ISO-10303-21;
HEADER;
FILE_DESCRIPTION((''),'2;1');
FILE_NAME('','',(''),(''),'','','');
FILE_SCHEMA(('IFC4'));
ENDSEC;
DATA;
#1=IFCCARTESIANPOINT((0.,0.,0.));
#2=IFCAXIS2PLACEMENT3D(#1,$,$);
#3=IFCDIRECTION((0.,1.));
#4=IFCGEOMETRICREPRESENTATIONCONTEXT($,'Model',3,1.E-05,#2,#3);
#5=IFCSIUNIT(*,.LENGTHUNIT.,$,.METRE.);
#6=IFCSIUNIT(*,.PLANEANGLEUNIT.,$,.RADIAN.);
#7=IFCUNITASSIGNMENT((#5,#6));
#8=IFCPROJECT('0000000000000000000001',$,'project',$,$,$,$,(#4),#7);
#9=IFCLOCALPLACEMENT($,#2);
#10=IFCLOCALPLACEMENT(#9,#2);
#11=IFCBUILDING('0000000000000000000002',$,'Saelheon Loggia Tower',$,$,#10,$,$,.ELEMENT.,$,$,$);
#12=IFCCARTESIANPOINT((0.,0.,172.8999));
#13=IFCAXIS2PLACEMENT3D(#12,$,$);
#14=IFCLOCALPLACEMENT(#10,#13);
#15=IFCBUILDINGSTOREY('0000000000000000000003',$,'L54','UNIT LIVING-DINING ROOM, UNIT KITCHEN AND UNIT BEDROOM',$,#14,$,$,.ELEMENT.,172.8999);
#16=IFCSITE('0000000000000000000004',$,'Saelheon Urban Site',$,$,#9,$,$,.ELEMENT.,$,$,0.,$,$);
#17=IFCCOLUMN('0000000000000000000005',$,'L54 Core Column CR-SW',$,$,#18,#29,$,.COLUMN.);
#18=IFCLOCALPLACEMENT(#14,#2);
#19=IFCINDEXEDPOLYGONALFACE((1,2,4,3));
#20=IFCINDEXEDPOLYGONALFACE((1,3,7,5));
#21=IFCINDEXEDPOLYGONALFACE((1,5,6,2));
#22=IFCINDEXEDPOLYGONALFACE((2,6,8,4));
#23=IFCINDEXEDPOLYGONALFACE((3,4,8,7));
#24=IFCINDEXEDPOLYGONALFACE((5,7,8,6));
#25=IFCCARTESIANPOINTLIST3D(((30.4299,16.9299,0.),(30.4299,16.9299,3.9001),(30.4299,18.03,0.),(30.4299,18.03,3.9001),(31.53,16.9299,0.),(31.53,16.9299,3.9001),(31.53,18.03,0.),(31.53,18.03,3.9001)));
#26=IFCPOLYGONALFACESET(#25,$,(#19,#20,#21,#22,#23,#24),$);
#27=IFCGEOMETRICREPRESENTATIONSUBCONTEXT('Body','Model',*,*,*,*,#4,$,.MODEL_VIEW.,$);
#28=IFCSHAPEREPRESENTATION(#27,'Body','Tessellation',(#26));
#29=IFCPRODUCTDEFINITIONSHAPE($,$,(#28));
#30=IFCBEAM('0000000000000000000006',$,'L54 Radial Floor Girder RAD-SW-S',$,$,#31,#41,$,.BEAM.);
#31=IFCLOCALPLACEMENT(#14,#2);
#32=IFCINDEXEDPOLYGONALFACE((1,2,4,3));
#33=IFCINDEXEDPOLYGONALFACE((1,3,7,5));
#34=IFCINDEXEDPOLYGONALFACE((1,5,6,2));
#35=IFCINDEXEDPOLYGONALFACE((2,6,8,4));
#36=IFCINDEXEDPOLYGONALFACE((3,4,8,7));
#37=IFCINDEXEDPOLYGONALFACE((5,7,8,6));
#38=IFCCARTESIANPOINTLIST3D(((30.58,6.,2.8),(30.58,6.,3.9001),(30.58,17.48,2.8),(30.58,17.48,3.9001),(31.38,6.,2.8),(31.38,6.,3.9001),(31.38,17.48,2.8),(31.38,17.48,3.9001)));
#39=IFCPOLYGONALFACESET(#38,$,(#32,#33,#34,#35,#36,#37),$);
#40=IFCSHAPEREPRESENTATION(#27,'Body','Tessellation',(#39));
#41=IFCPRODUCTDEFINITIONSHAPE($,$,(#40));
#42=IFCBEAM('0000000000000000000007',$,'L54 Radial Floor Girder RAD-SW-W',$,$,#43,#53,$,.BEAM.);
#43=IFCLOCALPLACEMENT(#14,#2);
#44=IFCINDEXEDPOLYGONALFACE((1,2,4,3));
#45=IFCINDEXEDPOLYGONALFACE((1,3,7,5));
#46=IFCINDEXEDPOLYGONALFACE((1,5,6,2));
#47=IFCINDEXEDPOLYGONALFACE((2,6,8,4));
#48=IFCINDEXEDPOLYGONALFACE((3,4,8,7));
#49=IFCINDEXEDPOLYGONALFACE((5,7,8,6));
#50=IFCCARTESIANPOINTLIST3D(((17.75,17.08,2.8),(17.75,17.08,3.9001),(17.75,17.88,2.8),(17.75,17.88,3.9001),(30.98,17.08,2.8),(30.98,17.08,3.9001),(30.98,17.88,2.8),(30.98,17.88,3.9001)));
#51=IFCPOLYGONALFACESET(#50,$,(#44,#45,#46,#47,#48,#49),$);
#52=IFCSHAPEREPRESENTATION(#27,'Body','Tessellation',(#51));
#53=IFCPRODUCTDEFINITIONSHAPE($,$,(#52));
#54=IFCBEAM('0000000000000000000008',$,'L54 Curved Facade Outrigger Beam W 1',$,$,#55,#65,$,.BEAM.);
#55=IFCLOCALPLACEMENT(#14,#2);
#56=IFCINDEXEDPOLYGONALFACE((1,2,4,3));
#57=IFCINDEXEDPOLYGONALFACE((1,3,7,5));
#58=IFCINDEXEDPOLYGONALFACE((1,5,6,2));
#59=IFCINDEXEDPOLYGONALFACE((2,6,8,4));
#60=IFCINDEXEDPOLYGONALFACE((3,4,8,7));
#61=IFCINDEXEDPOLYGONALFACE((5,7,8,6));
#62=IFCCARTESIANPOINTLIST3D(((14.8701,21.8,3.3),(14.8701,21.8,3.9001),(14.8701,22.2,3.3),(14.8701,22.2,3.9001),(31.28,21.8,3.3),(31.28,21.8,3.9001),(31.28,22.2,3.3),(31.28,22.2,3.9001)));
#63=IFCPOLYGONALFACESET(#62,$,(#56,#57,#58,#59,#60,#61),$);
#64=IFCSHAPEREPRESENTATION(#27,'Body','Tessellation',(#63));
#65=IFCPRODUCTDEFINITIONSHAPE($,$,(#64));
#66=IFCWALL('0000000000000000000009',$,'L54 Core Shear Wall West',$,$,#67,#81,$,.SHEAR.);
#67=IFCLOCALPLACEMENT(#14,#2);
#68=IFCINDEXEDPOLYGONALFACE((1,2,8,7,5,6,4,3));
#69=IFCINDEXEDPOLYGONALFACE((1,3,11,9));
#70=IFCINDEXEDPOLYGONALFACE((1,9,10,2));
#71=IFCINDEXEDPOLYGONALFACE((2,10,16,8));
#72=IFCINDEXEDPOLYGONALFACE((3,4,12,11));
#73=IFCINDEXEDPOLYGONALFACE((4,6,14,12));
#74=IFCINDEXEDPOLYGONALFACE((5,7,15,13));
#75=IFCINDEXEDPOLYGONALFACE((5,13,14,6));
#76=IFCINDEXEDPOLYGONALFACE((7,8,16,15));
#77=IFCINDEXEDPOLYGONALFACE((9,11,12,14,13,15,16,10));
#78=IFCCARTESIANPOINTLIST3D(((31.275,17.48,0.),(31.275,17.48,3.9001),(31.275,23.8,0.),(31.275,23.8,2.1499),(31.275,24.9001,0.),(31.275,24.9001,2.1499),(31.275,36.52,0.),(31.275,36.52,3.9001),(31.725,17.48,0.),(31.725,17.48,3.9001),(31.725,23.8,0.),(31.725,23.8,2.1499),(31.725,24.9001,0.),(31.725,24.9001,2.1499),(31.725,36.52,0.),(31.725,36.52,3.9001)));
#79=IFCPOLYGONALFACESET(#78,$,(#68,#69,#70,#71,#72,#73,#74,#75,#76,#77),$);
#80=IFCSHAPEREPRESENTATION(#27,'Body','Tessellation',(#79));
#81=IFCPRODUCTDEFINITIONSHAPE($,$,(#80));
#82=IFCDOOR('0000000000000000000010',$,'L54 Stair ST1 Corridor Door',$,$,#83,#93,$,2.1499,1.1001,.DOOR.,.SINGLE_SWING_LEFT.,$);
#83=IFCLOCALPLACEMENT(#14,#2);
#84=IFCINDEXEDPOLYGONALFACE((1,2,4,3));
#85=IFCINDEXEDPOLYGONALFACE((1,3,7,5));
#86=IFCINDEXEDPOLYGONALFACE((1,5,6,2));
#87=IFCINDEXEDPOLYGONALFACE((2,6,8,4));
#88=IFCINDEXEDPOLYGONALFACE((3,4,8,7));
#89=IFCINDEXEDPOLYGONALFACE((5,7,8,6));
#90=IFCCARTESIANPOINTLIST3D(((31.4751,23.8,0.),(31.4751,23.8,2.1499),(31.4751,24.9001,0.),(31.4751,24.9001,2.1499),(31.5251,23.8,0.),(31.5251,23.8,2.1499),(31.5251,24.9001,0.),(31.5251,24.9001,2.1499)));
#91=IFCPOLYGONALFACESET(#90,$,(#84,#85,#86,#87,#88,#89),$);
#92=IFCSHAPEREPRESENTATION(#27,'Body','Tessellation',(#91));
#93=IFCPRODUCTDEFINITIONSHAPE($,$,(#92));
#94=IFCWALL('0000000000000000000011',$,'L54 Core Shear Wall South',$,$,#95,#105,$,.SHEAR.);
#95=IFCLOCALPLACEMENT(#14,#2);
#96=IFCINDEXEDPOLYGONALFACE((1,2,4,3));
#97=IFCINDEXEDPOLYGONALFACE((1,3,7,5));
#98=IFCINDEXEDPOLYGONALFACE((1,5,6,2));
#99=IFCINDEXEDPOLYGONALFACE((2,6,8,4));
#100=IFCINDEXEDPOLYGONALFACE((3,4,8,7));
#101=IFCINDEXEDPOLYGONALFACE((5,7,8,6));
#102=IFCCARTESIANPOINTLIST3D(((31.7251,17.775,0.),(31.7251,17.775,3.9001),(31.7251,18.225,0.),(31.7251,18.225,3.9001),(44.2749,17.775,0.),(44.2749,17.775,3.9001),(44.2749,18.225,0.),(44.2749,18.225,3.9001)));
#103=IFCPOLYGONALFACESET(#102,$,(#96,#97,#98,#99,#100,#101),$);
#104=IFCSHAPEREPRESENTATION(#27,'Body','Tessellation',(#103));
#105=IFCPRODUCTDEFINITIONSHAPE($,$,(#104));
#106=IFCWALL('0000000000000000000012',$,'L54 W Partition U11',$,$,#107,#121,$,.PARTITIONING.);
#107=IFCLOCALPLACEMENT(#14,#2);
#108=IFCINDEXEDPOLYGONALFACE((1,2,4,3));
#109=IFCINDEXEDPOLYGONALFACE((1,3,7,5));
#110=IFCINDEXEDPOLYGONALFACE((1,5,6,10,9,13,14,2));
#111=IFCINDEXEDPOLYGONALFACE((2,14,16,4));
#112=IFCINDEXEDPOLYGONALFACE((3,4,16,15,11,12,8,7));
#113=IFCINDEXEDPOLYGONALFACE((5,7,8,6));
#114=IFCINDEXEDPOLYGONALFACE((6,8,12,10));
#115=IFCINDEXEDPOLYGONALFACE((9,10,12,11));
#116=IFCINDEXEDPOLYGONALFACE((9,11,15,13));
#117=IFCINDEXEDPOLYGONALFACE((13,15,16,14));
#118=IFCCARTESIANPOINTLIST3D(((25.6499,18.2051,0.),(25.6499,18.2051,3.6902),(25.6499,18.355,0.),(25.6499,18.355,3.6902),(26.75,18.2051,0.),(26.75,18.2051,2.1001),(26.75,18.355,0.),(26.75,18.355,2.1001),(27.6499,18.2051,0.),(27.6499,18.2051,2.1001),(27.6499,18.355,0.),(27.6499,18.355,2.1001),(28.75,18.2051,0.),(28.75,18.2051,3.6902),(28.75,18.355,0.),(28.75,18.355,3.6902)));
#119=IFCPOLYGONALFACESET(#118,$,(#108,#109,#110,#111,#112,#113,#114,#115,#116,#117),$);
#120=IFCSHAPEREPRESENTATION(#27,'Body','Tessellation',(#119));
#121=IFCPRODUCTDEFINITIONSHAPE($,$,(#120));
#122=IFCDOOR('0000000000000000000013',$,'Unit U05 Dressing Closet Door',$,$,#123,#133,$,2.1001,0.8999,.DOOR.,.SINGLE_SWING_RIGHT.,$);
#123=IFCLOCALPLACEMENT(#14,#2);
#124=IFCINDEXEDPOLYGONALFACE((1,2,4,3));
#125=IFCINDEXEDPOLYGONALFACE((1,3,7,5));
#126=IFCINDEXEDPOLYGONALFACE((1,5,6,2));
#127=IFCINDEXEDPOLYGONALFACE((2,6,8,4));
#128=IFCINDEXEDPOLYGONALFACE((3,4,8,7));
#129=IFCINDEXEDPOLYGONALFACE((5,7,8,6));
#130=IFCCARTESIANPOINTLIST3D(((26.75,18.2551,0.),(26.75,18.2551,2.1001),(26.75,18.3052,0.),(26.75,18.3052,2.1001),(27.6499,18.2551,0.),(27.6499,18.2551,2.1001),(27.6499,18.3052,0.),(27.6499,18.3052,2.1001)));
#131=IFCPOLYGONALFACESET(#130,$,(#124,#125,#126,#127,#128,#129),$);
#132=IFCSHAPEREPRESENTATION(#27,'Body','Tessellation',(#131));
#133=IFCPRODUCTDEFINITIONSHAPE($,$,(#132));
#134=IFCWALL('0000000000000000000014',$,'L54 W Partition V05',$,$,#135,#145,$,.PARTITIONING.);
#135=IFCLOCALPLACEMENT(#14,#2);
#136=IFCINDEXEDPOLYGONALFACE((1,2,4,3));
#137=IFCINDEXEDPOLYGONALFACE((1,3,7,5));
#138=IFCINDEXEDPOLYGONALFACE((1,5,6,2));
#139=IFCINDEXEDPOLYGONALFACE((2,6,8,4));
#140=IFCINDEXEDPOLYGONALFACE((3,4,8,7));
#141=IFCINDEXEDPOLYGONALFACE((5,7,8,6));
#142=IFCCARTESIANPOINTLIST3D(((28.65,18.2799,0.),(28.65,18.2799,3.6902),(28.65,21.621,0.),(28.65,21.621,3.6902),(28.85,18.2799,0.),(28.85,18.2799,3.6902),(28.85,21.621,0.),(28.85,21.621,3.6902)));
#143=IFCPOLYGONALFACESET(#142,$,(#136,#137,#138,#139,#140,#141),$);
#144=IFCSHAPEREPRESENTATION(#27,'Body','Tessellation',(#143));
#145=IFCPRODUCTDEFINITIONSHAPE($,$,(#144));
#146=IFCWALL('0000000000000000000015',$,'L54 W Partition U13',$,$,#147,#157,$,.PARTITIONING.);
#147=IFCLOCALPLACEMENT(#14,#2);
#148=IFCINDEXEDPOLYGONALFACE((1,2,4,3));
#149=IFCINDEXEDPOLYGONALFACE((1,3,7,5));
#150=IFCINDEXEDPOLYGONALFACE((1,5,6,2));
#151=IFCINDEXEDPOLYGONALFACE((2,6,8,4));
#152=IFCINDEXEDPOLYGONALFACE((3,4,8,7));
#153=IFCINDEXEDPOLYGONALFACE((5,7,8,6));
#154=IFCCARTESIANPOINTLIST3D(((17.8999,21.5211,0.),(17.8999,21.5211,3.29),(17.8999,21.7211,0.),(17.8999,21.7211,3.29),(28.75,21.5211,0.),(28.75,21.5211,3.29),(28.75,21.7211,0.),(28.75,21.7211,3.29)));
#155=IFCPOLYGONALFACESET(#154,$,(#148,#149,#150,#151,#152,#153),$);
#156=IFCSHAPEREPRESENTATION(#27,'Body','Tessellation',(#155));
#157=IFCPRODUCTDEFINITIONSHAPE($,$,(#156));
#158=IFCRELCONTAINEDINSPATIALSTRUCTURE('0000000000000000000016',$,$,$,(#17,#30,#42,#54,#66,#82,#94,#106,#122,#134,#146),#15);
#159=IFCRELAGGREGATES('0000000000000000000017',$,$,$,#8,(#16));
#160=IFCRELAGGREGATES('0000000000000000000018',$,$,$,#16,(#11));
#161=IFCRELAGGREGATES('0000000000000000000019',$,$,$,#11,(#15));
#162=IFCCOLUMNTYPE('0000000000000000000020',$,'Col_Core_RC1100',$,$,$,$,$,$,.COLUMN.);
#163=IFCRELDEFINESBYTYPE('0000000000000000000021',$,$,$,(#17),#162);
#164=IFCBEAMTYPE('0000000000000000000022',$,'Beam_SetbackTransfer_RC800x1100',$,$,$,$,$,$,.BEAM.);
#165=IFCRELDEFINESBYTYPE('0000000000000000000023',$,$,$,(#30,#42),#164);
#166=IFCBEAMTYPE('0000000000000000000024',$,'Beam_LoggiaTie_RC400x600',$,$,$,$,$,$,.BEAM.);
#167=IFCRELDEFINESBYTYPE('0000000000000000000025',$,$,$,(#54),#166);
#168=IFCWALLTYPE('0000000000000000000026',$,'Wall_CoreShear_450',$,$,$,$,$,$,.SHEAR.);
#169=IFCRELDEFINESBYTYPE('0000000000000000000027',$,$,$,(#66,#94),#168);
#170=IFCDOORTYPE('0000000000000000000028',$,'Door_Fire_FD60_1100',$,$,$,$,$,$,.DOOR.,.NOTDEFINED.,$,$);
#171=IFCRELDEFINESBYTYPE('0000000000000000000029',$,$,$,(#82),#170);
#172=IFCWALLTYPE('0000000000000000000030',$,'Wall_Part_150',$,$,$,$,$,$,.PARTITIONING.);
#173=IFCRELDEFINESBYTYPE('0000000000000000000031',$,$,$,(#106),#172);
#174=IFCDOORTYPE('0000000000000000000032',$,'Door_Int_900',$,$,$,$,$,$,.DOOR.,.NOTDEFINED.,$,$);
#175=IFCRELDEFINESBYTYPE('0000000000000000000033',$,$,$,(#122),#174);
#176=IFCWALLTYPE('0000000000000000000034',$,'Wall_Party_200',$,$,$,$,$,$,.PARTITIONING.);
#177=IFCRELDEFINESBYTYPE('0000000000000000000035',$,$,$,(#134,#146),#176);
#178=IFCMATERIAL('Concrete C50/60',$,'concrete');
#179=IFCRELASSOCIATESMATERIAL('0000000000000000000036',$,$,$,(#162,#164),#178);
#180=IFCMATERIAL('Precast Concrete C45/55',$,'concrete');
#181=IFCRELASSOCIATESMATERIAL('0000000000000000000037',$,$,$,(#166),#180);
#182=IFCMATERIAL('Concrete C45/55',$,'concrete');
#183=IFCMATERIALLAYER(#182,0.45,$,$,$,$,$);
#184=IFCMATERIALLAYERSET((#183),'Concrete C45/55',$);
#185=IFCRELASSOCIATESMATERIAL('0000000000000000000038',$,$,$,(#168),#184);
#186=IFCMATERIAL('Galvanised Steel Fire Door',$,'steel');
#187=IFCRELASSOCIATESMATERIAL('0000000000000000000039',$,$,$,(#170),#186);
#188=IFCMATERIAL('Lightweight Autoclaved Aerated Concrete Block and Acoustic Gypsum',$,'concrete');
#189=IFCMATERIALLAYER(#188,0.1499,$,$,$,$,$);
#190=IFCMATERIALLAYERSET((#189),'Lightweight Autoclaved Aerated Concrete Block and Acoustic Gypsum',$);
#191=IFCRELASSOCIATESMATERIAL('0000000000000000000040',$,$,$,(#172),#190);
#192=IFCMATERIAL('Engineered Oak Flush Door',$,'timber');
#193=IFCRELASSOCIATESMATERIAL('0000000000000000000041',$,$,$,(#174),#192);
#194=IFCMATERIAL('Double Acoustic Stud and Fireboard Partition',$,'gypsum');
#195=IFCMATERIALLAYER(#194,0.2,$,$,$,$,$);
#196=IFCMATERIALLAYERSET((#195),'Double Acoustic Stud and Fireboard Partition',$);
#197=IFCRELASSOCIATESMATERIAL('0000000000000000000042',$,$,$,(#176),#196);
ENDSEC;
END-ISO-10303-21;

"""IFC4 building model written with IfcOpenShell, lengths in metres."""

from ifc_helpers import new_model, si_unit, direction, frame, frame_2d, origin, origin_2d, place, context, subcontext, project, spatial, rectangle, extrude, source, transform, mapped, material, layer, layer_set, material_profile, profile_set, type_object, element, fill, save


model = new_model("IFC4")

# Units and contexts
model_context = context("Model", 3, precision=1e-05, world=origin(), true_north=direction((0.0, 1.0)))
body_context = subcontext(model_context, "Body", "Model", "MODEL_VIEW")
ifc_project = project(units=[si_unit("LENGTHUNIT", "METRE"), si_unit("PLANEANGLEUNIT", "RADIAN")], contexts=[model_context])

# Site, building, storey
site_placement = place(None, origin())
site = spatial("IfcSite", under=ifc_project, at=site_placement, Name="Saelheon Urban Site", CompositionType="ELEMENT", RefElevation=0.0)
building_placement = place(site_placement, origin())
building = spatial("IfcBuilding", under=site, at=building_placement, Name="Saelheon Loggia Tower", CompositionType="ELEMENT")
storey_placement = place(building_placement, frame((0.0, 0.0, 172.8999)))
storey = spatial("IfcBuildingStorey", under=building, at=storey_placement, Name="L54", Description="UNIT LIVING-DINING ROOM, UNIT KITCHEN AND UNIT BEDROOM", CompositionType="ELEMENT", Elevation=172.8999)

# Column
ifc_material_1 = material(Name="Concrete C50/60", Category="concrete")
ifc_material_profile_1 = material_profile(ifc_material_1, rectangle(XDim=1.1001, YDim=1.1001, at=origin_2d()), Name="RC-1100x1100")
ifc_profile_set_1 = profile_set([ifc_material_profile_1], Name="Concrete C50/60")
column_type = type_object("IfcColumnType", Name="Col_Core_RC1100", PredefinedType="COLUMN", material=ifc_profile_set_1)
shared_shape_1 = source(origin(), body_context, "Body", "SweptSolid", [
    extrude(rectangle(XDim=1.1001, YDim=1.1001, at=origin_2d()), origin(), (0.0, 0.0, 1.0), 3.9001),
])
column_placement = place(storey_placement, frame((30.98, 17.48, 0.0), z_axis=(0.0, 0.0, 1.0), x_axis=(1.0, 0.0, 0.0)))
element("IfcColumn", 1, at=column_placement, inside=storey, type_object=column_type, Name="L54 Core Column CR-SW", PredefinedType="COLUMN", context=body_context, shape_type="MappedRepresentation", body=[
    mapped(shared_shape_1, transform((0.0, 0.0, 0.0), scale=1.0)),
])

# Beams
ifc_material_profile_2 = material_profile(ifc_material_1, rectangle(XDim=0.8, YDim=1.1001, at=origin_2d()), Name="RC-800x1100")
ifc_profile_set_2 = profile_set([ifc_material_profile_2], Name="Concrete C50/60")
beam_type_1 = type_object("IfcBeamType", Name="Beam_SetbackTransfer_RC800x1100", PredefinedType="BEAM", material=ifc_profile_set_2)
shared_shape_2 = source(origin(), body_context, "Body", "SweptSolid", [
    extrude(rectangle(XDim=0.8, YDim=1.1001, at=origin_2d()), origin(), (0.0, 0.0, 1.0), 11.48),
])
beam_1_placement = place(storey_placement, frame((30.98, 17.48, 3.3501), z_axis=(0.0, -1.0, 0.0), x_axis=(1.0, 0.0, 0.0)))
element("IfcBeam", 2, at=beam_1_placement, inside=storey, type_object=beam_type_1, Name="L54 Radial Floor Girder RAD-SW-S", PredefinedType="BEAM", context=body_context, shape_type="MappedRepresentation", body=[
    mapped(shared_shape_2, transform((0.0, 0.0, 0.0), scale=1.0)),
])
shared_shape_3 = source(origin(), body_context, "Body", "SweptSolid", [
    extrude(rectangle(XDim=0.8, YDim=1.1001, at=origin_2d()), origin(), (0.0, 0.0, 1.0), 13.23),
])
beam_2_placement = place(storey_placement, frame((30.98, 17.48, 3.3501), z_axis=(-1.0, 0.0, 0.0), x_axis=(0.0, -1.0, 0.0)))
element("IfcBeam", 3, at=beam_2_placement, inside=storey, type_object=beam_type_1, Name="L54 Radial Floor Girder RAD-SW-W", PredefinedType="BEAM", context=body_context, shape_type="MappedRepresentation", body=[
    mapped(shared_shape_3, transform((0.0, 0.0, 0.0), scale=1.0)),
])
ifc_material_2 = material(Name="Precast Concrete C45/55", Category="concrete")
ifc_material_profile_3 = material_profile(ifc_material_2, rectangle(XDim=0.3999, YDim=0.6001, at=origin_2d()), Name="RC-400x600")
ifc_profile_set_3 = profile_set([ifc_material_profile_3], Name="Precast Concrete C45/55")
beam_type_2 = type_object("IfcBeamType", Name="Beam_LoggiaTie_RC400x600", PredefinedType="BEAM", material=ifc_profile_set_3)
shared_shape_4 = source(origin(), body_context, "Body", "SweptSolid", [
    extrude(rectangle(XDim=0.3999, YDim=0.6001, at=origin_2d()), origin(), (0.0, 0.0, 1.0), 16.4099),
])
beam_3_placement = place(storey_placement, frame((31.28, 22.0, 3.6001), z_axis=(-1.0, 0.0, 0.0), x_axis=(0.0, -1.0, 0.0)))
element("IfcBeam", 4, at=beam_3_placement, inside=storey, type_object=beam_type_2, Name="L54 Curved Facade Outrigger Beam W 1", PredefinedType="BEAM", context=body_context, shape_type="MappedRepresentation", body=[
    mapped(shared_shape_4, transform((0.0, 0.0, 0.0), scale=1.0)),
])

# Wall, opening, door
ifc_material_3 = material(Name="Concrete C45/55", Category="concrete")
ifc_layer_1 = layer(ifc_material_3, 0.45)
ifc_layer_set_1 = layer_set([ifc_layer_1], Name="Concrete C45/55")
wall_type_1 = type_object("IfcWallType", Name="Wall_CoreShear_450", PredefinedType="SHEAR", material=ifc_layer_set_1)
wall_1_placement = place(storey_placement, frame((31.5, 17.48, 0.0), z_axis=(0.0, 0.0, 1.0), x_axis=(0.0, 1.0, 0.0)))
wall_1 = element("IfcWall", 5, at=wall_1_placement, inside=storey, type_object=wall_type_1, Name="L54 Core Shear Wall West", PredefinedType="SHEAR", context=body_context, shape_type="SweptSolid", body=[
    extrude(rectangle(XDim=19.04, YDim=0.45, at=frame_2d((9.52, 0.0))), origin(), (0.0, 0.0, 1.0), 3.9001),
])
opening_1_placement = place(wall_1_placement, frame((6.3201, 0.0, 0.0)))
opening_1 = element("IfcOpeningElement", 6, at=opening_1_placement, cuts=wall_1, PredefinedType="OPENING", context=body_context, shape_type="SweptSolid", body=[
    extrude(rectangle(XDim=1.1001, YDim=2.1499, at=frame_2d((0.55, 1.075))), frame((0.0, 0.2371, 0.0), z_axis=(0.0, -1.0, 0.0), x_axis=(1.0, 0.0, 0.0)), (0.0, 0.0, 1.0), 0.4739),
])
ifc_material_4 = material(Name="Galvanised Steel Fire Door", Category="steel")
door_type_1 = type_object("IfcDoorType", Name="Door_Fire_FD60_1100", OperationType="NOTDEFINED", PredefinedType="DOOR", material=ifc_material_4)
shared_shape_5 = source(origin(), body_context, "Body", "SweptSolid", [
    extrude(rectangle(XDim=1.1001, YDim=2.1499, at=frame_2d((0.55, 1.075))), frame((0.0, 0.0249, 0.0), z_axis=(0.0, -1.0, 0.0), x_axis=(1.0, 0.0, 0.0)), (0.0, 0.0, 1.0), 0.05),
])
door_1_placement = place(opening_1_placement, origin())
door_1 = element("IfcDoor", 7, at=door_1_placement, inside=storey, type_object=door_type_1, Name="L54 Stair ST1 Corridor Door", OperationType="SINGLE_SWING_LEFT", OverallHeight=2.1499, OverallWidth=1.1001, PredefinedType="DOOR", context=body_context, shape_type="MappedRepresentation", body=[
    mapped(shared_shape_5, transform((0.0, 0.0, 0.0), scale=1.0)),
])
fill(opening_1, door_1)

# Wall
wall_2_placement = place(storey_placement, frame((31.7251, 18.0, 0.0), z_axis=(0.0, 0.0, 1.0), x_axis=(1.0, 0.0, 0.0)))
element("IfcWall", 8, at=wall_2_placement, inside=storey, type_object=wall_type_1, Name="L54 Core Shear Wall South", PredefinedType="SHEAR", context=body_context, shape_type="SweptSolid", body=[
    extrude(rectangle(XDim=12.5498, YDim=0.45, at=frame_2d((6.2749, 0.0))), origin(), (0.0, 0.0, 1.0), 3.9001),
])

# Wall, opening, door
ifc_material_5 = material(Name="Lightweight Autoclaved Aerated Concrete Block and Acoustic Gypsum", Category="concrete")
ifc_layer_2 = layer(ifc_material_5, 0.1499)
ifc_layer_set_2 = layer_set([ifc_layer_2], Name="Lightweight Autoclaved Aerated Concrete Block and Acoustic Gypsum")
wall_type_2 = type_object("IfcWallType", Name="Wall_Part_150", PredefinedType="PARTITIONING", material=ifc_layer_set_2)
wall_3_placement = place(storey_placement, frame((28.75, 18.28, 0.0), z_axis=(0.0, 0.0, 1.0), x_axis=(-1.0, 0.0, 0.0)))
wall_3 = element("IfcWall", 9, at=wall_3_placement, inside=storey, type_object=wall_type_2, Name="L54 W Partition U11", PredefinedType="PARTITIONING", context=body_context, shape_type="SweptSolid", body=[
    extrude(rectangle(XDim=3.1001, YDim=0.1499, at=frame_2d((1.55, 0.0))), origin(), (0.0, 0.0, 1.0), 3.6902),
])
opening_2_placement = place(wall_3_placement, frame((1.1001, 0.0, 0.0)))
opening_2 = element("IfcOpeningElement", 10, at=opening_2_placement, cuts=wall_3, PredefinedType="OPENING", context=body_context, shape_type="SweptSolid", body=[
    extrude(rectangle(XDim=0.8999, YDim=2.1001, at=frame_2d((0.45, 1.05))), frame((0.0, 0.0869, 0.0), z_axis=(0.0, -1.0, 0.0), x_axis=(1.0, 0.0, 0.0)), (0.0, 0.0, 1.0), 0.1738),
])
ifc_material_6 = material(Name="Engineered Oak Flush Door", Category="timber")
door_type_2 = type_object("IfcDoorType", Name="Door_Int_900", OperationType="NOTDEFINED", PredefinedType="DOOR", material=ifc_material_6)
shared_shape_6 = source(origin(), body_context, "Body", "SweptSolid", [
    extrude(rectangle(XDim=0.8999, YDim=2.1001, at=frame_2d((0.45, 1.05))), frame((0.0, 0.0249, 0.0), z_axis=(0.0, -1.0, 0.0), x_axis=(1.0, 0.0, 0.0)), (0.0, 0.0, 1.0), 0.05),
])
door_2_placement = place(opening_2_placement, origin())
door_2 = element("IfcDoor", 11, at=door_2_placement, inside=storey, type_object=door_type_2, Name="Unit U05 Dressing Closet Door", OperationType="SINGLE_SWING_RIGHT", OverallHeight=2.1001, OverallWidth=0.8999, PredefinedType="DOOR", context=body_context, shape_type="MappedRepresentation", body=[
    mapped(shared_shape_6, transform((0.0, 0.0, 0.0), scale=1.0)),
])
fill(opening_2, door_2)
ifc_material_7 = material(Name="Double Acoustic Stud and Fireboard Partition", Category="gypsum")
ifc_layer_3 = layer(ifc_material_7, 0.2)
ifc_layer_set_3 = layer_set([ifc_layer_3], Name="Double Acoustic Stud and Fireboard Partition")
wall_type_3 = type_object("IfcWallType", Name="Wall_Party_200", PredefinedType="PARTITIONING", material=ifc_layer_set_3)

# Walls
wall_4_placement = place(storey_placement, frame((28.75, 18.28, 0.0), z_axis=(0.0, 0.0, 1.0), x_axis=(0.0, 1.0, 0.0)))
element("IfcWall", 12, at=wall_4_placement, inside=storey, type_object=wall_type_3, Name="L54 W Partition V05", PredefinedType="PARTITIONING", context=body_context, shape_type="SweptSolid", body=[
    extrude(rectangle(XDim=3.3411, YDim=0.2, at=frame_2d((1.6704, 0.0))), origin(), (0.0, 0.0, 1.0), 3.6902),
])
wall_5_placement = place(storey_placement, frame((28.75, 21.6211, 0.0), z_axis=(0.0, 0.0, 1.0), x_axis=(-1.0, 0.0, 0.0)))
element("IfcWall", 13, at=wall_5_placement, inside=storey, type_object=wall_type_3, Name="L54 W Partition U13", PredefinedType="PARTITIONING", context=body_context, shape_type="SweptSolid", body=[
    extrude(rectangle(XDim=10.8501, YDim=0.2, at=frame_2d((5.425, 0.0))), origin(), (0.0, 0.0, 1.0), 3.29),
])

save(model, "model.ifc")
